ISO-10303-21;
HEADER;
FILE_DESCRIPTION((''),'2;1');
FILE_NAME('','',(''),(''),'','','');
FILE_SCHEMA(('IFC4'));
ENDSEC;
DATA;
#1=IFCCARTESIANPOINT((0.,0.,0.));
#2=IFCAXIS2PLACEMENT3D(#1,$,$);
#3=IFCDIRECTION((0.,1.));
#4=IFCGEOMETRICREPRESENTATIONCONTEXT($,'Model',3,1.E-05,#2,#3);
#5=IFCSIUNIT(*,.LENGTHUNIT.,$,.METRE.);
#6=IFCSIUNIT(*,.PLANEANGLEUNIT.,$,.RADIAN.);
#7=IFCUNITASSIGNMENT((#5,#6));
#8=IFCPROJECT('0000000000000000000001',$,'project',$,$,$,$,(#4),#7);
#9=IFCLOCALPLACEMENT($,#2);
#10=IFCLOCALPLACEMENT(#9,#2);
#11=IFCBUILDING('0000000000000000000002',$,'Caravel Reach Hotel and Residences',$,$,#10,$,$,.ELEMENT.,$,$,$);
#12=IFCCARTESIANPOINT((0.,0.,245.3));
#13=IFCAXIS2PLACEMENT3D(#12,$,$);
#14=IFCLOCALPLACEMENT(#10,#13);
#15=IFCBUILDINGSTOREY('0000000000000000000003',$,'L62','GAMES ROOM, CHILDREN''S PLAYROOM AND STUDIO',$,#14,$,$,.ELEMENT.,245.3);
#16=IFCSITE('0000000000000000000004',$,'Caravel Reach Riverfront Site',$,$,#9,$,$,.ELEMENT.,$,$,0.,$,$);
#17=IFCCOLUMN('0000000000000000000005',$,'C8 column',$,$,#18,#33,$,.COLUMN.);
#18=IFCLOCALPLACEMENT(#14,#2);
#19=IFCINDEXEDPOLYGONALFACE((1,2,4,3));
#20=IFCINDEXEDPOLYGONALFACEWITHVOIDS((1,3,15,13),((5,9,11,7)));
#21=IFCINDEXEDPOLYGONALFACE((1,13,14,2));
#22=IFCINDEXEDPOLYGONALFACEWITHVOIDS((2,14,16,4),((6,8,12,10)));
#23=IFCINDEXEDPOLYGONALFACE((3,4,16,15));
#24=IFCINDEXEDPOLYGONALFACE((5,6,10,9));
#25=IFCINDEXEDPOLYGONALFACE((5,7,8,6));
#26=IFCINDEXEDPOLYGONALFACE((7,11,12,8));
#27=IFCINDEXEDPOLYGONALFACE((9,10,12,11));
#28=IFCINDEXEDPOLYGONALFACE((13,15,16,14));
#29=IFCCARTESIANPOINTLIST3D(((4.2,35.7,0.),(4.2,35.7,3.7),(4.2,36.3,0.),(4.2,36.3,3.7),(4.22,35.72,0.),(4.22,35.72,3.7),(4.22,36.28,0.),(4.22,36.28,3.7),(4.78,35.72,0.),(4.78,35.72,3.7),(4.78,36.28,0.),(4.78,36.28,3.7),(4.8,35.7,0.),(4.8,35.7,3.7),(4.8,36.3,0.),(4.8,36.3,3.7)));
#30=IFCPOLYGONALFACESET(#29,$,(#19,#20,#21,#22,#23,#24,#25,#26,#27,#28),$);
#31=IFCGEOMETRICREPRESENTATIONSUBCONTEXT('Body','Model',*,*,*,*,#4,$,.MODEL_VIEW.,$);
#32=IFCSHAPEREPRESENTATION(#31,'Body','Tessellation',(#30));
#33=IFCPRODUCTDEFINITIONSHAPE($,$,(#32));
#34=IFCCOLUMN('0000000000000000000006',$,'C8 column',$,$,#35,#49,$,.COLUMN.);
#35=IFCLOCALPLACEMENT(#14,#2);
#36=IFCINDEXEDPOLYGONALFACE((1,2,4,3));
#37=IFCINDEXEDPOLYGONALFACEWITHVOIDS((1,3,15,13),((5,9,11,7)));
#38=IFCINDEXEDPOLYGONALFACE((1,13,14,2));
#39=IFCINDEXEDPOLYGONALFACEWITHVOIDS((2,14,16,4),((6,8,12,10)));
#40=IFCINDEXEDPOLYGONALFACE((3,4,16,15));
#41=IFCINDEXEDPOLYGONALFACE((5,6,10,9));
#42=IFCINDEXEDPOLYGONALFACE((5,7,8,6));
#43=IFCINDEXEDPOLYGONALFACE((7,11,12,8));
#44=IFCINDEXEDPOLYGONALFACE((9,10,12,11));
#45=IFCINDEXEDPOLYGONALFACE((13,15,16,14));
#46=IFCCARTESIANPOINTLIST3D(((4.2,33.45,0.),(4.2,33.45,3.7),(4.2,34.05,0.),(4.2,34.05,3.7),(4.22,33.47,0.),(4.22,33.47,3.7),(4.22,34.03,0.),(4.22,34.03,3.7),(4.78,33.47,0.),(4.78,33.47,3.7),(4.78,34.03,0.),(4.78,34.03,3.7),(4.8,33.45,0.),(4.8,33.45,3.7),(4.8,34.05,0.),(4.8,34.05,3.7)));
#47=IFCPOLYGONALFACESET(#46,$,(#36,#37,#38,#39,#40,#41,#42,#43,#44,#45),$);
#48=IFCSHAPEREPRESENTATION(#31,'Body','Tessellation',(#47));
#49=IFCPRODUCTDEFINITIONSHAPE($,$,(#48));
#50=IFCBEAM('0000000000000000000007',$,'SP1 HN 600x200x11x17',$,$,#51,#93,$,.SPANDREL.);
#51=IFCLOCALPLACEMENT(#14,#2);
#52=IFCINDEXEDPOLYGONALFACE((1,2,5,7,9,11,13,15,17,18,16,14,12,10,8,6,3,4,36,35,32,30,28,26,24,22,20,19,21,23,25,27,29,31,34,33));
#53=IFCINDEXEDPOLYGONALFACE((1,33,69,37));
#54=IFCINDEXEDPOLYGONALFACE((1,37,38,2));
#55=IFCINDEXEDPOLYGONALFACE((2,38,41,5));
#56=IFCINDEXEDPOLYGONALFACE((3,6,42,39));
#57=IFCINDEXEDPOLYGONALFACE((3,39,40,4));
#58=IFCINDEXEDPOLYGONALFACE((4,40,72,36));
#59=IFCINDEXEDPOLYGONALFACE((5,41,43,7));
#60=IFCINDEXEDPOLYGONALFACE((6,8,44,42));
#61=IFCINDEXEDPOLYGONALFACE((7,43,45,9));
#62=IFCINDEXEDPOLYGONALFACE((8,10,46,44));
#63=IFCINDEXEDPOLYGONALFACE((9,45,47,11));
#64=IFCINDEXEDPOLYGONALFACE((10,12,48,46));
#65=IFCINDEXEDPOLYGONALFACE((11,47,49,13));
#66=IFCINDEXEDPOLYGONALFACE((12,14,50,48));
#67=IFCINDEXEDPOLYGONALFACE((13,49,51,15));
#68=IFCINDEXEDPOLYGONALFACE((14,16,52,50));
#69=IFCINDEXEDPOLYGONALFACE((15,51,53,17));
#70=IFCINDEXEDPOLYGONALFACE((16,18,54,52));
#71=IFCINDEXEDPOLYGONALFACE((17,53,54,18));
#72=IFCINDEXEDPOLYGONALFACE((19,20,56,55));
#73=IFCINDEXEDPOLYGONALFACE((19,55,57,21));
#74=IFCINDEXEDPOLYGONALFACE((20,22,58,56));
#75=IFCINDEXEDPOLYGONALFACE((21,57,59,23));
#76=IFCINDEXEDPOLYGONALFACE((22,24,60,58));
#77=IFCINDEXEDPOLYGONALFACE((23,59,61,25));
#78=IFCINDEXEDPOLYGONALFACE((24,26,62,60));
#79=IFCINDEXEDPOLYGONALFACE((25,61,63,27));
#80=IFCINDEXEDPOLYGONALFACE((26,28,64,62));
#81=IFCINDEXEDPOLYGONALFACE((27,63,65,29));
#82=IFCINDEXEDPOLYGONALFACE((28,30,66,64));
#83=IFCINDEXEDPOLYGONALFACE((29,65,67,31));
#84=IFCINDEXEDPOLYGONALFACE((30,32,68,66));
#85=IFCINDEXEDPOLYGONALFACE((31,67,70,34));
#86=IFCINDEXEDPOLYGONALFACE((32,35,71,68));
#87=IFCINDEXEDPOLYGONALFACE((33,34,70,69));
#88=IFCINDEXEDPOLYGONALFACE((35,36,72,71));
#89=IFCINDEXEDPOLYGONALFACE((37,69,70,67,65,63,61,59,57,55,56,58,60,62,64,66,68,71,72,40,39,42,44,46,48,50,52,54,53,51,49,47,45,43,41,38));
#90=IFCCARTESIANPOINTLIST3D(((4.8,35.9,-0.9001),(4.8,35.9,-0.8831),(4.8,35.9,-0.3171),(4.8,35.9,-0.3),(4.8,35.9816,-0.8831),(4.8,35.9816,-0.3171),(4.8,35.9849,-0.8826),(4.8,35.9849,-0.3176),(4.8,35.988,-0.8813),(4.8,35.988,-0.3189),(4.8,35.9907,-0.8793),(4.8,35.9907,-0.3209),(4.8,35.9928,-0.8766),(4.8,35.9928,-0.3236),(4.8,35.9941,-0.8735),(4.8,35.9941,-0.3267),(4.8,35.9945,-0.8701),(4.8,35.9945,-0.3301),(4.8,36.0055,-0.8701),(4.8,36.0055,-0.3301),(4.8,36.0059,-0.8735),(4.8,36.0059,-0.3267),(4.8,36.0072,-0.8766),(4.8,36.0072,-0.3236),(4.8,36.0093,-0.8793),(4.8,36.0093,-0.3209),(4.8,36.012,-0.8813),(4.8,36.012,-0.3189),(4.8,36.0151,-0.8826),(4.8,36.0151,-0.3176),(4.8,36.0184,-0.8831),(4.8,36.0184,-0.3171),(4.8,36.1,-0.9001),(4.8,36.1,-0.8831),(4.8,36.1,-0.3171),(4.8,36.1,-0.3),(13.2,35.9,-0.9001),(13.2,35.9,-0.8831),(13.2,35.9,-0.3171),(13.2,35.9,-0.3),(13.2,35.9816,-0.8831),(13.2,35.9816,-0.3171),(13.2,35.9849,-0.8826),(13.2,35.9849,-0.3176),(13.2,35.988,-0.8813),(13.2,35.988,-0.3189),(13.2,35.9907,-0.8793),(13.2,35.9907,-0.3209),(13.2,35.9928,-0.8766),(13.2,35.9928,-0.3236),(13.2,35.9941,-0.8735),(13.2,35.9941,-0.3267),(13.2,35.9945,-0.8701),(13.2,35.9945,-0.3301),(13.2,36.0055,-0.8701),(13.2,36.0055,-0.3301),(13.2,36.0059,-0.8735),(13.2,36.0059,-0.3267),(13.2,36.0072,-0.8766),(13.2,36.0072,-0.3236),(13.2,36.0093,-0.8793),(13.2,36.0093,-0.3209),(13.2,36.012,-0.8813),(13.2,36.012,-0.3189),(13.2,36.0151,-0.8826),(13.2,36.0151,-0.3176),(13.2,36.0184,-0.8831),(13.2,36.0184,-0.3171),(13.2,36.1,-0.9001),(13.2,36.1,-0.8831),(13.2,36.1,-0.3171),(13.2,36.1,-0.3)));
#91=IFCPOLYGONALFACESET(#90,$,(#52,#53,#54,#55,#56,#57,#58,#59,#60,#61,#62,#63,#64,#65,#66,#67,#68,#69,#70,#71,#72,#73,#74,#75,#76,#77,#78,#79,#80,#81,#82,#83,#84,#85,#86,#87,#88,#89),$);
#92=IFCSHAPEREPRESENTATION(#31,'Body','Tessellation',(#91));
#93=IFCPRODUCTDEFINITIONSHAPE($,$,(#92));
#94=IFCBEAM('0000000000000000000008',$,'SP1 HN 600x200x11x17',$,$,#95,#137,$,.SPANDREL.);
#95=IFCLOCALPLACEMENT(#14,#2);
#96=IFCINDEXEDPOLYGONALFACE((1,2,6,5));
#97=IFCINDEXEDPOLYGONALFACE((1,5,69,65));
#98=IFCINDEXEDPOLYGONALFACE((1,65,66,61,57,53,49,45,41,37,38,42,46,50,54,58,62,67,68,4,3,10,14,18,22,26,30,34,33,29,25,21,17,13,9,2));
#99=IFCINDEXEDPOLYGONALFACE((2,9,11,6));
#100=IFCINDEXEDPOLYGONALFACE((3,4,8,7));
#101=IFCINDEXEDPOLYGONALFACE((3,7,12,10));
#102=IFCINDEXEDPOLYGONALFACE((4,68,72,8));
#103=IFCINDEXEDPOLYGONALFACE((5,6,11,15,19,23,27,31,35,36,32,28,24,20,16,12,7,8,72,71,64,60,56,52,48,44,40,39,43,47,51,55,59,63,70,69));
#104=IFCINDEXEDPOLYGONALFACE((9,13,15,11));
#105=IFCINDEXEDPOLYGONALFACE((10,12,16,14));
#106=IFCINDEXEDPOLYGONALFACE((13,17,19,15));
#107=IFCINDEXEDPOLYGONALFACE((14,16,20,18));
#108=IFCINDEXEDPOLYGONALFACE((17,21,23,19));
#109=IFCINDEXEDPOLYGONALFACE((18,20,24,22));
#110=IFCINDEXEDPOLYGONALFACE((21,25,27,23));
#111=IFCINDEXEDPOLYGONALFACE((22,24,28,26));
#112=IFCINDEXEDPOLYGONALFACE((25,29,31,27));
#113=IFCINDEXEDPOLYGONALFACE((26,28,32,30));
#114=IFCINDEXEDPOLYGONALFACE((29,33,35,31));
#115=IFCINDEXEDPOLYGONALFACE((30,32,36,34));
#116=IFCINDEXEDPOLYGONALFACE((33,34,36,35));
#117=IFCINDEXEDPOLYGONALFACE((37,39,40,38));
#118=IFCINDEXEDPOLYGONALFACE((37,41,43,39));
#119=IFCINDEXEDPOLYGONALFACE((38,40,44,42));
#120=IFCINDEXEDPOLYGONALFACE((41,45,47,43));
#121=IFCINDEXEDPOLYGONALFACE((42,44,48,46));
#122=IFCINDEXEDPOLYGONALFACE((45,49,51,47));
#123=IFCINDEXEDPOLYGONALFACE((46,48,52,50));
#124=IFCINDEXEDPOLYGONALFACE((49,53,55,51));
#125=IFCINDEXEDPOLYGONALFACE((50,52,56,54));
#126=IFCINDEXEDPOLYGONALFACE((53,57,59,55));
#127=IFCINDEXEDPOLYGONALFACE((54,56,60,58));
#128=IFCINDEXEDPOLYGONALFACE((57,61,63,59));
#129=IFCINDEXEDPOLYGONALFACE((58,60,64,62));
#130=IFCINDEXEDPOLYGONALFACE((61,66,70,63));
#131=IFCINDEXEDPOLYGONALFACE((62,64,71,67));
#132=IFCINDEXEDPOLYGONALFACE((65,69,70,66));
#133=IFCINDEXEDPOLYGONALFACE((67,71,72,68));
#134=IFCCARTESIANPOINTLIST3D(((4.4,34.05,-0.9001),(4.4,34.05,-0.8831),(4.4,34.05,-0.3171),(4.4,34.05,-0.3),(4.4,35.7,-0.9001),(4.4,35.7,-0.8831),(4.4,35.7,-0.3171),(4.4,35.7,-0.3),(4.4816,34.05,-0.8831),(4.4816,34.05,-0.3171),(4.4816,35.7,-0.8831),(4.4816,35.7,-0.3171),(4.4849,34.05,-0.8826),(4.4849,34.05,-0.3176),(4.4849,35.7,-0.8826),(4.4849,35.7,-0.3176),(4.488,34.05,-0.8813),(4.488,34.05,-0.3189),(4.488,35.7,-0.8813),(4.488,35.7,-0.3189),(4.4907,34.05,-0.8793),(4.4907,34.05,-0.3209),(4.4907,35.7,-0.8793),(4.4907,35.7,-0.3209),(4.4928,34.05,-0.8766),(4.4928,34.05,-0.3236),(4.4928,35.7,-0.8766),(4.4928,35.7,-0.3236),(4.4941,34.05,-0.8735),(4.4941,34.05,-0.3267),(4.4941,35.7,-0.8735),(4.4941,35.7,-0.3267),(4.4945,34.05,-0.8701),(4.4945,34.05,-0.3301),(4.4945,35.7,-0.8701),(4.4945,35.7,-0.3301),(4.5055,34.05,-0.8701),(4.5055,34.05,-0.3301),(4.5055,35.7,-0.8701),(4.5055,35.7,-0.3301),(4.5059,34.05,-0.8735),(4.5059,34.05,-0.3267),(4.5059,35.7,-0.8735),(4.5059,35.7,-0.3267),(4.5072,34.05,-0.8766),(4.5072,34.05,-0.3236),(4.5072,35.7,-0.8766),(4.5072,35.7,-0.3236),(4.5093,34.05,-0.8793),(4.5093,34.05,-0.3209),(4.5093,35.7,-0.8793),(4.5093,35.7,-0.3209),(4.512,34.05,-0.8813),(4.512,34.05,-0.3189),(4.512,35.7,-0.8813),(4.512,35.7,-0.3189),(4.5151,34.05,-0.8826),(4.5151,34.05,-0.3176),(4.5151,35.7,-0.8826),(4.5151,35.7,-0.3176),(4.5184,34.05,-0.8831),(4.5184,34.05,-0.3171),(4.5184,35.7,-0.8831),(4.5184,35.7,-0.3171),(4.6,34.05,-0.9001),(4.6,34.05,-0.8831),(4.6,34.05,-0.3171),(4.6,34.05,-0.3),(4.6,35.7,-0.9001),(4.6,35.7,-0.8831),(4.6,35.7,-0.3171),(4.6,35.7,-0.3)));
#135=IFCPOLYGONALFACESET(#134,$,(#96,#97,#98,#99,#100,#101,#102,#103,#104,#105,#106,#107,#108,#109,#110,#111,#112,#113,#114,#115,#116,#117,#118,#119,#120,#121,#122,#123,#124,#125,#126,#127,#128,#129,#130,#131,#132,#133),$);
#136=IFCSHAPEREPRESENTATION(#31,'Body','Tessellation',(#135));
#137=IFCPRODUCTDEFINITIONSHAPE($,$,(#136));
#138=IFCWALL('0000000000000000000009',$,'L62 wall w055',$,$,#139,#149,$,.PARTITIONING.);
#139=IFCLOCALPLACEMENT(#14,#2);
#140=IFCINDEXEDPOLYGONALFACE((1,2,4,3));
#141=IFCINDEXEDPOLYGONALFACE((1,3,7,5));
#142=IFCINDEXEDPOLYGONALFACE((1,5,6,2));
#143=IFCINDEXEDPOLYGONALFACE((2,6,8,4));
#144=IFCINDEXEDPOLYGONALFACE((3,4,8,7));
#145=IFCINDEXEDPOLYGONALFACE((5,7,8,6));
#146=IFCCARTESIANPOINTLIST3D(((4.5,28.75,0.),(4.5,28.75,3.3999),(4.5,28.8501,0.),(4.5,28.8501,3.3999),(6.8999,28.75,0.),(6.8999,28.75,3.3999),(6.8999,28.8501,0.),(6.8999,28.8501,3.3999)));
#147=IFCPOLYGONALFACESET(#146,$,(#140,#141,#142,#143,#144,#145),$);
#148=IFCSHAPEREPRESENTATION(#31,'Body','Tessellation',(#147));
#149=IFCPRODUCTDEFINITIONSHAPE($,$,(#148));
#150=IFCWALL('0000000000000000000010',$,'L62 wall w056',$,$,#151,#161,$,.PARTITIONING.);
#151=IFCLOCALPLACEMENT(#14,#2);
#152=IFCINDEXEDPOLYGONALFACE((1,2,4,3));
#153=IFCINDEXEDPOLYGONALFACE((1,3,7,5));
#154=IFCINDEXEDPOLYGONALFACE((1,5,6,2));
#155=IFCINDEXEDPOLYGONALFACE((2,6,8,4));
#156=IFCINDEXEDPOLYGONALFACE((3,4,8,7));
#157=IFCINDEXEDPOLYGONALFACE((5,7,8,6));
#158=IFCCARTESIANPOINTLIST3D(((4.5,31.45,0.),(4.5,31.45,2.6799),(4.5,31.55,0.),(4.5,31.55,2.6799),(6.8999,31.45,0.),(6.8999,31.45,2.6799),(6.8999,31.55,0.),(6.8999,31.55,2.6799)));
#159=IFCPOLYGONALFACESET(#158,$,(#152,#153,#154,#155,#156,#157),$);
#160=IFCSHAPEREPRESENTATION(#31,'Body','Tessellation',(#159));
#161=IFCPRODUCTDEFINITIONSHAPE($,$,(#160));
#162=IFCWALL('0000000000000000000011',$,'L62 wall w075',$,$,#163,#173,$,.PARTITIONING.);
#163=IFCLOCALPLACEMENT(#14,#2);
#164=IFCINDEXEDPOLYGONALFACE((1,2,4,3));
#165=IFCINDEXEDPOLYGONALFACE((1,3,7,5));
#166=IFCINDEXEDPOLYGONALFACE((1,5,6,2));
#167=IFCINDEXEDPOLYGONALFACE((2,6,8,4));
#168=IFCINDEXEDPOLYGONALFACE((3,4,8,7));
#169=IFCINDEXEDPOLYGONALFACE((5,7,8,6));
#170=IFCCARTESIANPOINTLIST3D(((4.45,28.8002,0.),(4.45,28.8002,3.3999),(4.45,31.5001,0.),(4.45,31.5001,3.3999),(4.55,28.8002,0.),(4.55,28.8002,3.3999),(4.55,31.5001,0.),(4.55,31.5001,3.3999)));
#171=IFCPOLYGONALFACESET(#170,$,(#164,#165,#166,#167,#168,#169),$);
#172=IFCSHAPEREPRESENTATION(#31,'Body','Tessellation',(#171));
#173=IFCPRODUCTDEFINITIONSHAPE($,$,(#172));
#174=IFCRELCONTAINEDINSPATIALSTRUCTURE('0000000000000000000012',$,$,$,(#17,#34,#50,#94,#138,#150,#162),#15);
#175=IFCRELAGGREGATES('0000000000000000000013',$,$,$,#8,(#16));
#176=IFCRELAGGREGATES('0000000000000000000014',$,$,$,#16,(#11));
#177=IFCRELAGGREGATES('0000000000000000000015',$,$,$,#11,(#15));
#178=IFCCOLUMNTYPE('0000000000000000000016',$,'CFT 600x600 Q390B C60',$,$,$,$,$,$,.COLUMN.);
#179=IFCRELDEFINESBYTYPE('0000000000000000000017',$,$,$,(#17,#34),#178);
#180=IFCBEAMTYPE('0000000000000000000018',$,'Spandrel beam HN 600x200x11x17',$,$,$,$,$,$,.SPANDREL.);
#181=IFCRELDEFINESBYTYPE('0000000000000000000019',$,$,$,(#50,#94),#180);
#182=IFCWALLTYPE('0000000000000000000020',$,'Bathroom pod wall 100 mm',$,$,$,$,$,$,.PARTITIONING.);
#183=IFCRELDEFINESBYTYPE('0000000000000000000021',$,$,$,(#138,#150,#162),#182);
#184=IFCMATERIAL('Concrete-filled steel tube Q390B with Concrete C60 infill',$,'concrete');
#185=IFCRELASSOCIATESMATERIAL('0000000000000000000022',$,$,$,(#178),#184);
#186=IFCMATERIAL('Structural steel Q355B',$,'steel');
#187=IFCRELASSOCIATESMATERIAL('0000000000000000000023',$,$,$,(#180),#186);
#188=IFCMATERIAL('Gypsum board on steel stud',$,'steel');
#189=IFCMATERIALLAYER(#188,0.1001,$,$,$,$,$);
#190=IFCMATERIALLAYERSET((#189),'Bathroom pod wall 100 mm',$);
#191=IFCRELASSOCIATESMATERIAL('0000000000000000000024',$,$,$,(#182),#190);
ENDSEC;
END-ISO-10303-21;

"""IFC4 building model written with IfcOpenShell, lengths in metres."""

from ifc_helpers import new_model, si_unit, direction, frame, frame_2d, origin, origin_2d, place, context, subcontext, project, spatial, rectangle, hollow_rectangle, i_section, extrude, material, layer, layer_set, material_profile, profile_set, type_object, element, save


model = new_model("IFC4")

# Units and contexts
model_context = context("Model", 3, precision=1e-05, world=origin(), true_north=direction((0.0, 1.0)))
body_context = subcontext(model_context, "Body", "Model", "MODEL_VIEW")
ifc_project = project(units=[si_unit("LENGTHUNIT", "METRE"), si_unit("PLANEANGLEUNIT", "RADIAN")], contexts=[model_context])

# Site, building, storey
site_placement = place(None, origin())
site = spatial("IfcSite", under=ifc_project, at=site_placement, Name="Caravel Reach Riverfront Site", CompositionType="ELEMENT", RefElevation=0.0)
building_placement = place(site_placement, origin())
building = spatial("IfcBuilding", under=site, at=building_placement, Name="Caravel Reach Hotel and Residences", CompositionType="ELEMENT")
storey_placement = place(building_placement, frame((0.0, 0.0, 245.3)))
storey = spatial("IfcBuildingStorey", under=building, at=storey_placement, Name="L62", Description="GAMES ROOM, CHILDREN'S PLAYROOM AND STUDIO", CompositionType="ELEMENT", Elevation=245.3)

# Columns
ifc_material_1 = material(Name="Concrete-filled steel tube Q390B with Concrete C60 infill", Category="concrete")
ifc_material_profile_1 = material_profile(ifc_material_1, hollow_rectangle(XDim=0.6001, YDim=0.6001, WallThickness=0.02, at=origin_2d()), Name="RHS 600x600x20")
ifc_profile_set_1 = profile_set([ifc_material_profile_1], Name="Concrete-filled steel tube Q390B with Concrete C60 infill")
column_type = type_object("IfcColumnType", Name="CFT 600x600 Q390B C60", PredefinedType="COLUMN", material=ifc_profile_set_1)
for number, where, z_axis, x_axis, name in (
    (1, (4.5, 36.0, 0.0), (0.0, 0.0, 1.0), (1.0, 0.0, 0.0), "C8 column"),
    (2, (4.5, 33.75, 0.0), (0.0, 0.0, 1.0), (1.0, 0.0, 0.0), "C8 column"),
):
    element("IfcColumn", number, at=place(storey_placement, frame(where, z_axis=z_axis, x_axis=x_axis)), inside=storey, type_object=column_type, Name=name, PredefinedType="COLUMN", context=body_context, shape_type="SweptSolid", body=[
        extrude(hollow_rectangle(XDim=0.6001, YDim=0.6001, WallThickness=0.02, at=origin_2d()), origin(), (0.0, 0.0, 1.0), 3.7),
    ])

# Beams
ifc_material_2 = material(Name="Structural steel Q355B", Category="steel")
ifc_material_profile_2 = material_profile(ifc_material_2, i_section(OverallWidth=0.2, OverallDepth=0.6001, WebThickness=0.011, FlangeThickness=0.0171, FilletRadius=0.0129, at=origin_2d()), Name="HN 600x200x11x17")
ifc_profile_set_2 = profile_set([ifc_material_profile_2], Name="Structural steel Q355B")
beam_type = type_object("IfcBeamType", Name="Spandrel beam HN 600x200x11x17", PredefinedType="SPANDREL", material=ifc_profile_set_2)
beam_1_placement = place(storey_placement, frame((13.2, 36.0, -0.6001), z_axis=(-1.0, 0.0, 0.0), x_axis=(0.0, -1.0, 0.0)))
element("IfcBeam", 3, at=beam_1_placement, inside=storey, type_object=beam_type, Name="SP1 HN 600x200x11x17", PredefinedType="SPANDREL", context=body_context, shape_type="SweptSolid", body=[
    extrude(i_section(OverallWidth=0.2, OverallDepth=0.6001, WebThickness=0.011, FlangeThickness=0.0171, FilletRadius=0.0129, at=origin_2d()), origin(), (0.0, 0.0, 1.0), 8.3999),
])
beam_2_placement = place(storey_placement, frame((4.5, 35.7, -0.6001), z_axis=(0.0, -1.0, 0.0), x_axis=(1.0, 0.0, 0.0)))
element("IfcBeam", 4, at=beam_2_placement, inside=storey, type_object=beam_type, Name="SP1 HN 600x200x11x17", PredefinedType="SPANDREL", context=body_context, shape_type="SweptSolid", body=[
    extrude(i_section(OverallWidth=0.2, OverallDepth=0.6001, WebThickness=0.011, FlangeThickness=0.0171, FilletRadius=0.0129, at=origin_2d()), origin(), (0.0, 0.0, 1.0), 1.6499),
])

# Walls
ifc_material_3 = material(Name="Gypsum board on steel stud", Category="steel")
ifc_layer_1 = layer(ifc_material_3, 0.1001)
ifc_layer_set_1 = layer_set([ifc_layer_1], Name="Bathroom pod wall 100 mm")
wall_type_1 = type_object("IfcWallType", Name="Bathroom pod wall 100 mm", PredefinedType="PARTITIONING", material=ifc_layer_set_1)
wall_1_placement = place(storey_placement, frame((4.5, 28.8, 0.0), z_axis=(0.0, 0.0, 1.0), x_axis=(1.0, 0.0, 0.0)))
element("IfcWall", 5, at=wall_1_placement, inside=storey, type_object=wall_type_1, Name="L62 wall w055", PredefinedType="PARTITIONING", context=body_context, shape_type="SweptSolid", body=[
    extrude(rectangle(XDim=2.3999, YDim=0.1001, at=frame_2d((1.2, 0.0))), origin(), (0.0, 0.0, 1.0), 3.3999),
])
wall_2_placement = place(storey_placement, frame((4.5, 31.5, 0.0), z_axis=(0.0, 0.0, 1.0), x_axis=(1.0, 0.0, 0.0)))
element("IfcWall", 6, at=wall_2_placement, inside=storey, type_object=wall_type_1, Name="L62 wall w056", PredefinedType="PARTITIONING", context=body_context, shape_type="SweptSolid", body=[
    extrude(rectangle(XDim=2.3999, YDim=0.1001, at=frame_2d((1.2, 0.0))), origin(), (0.0, 0.0, 1.0), 2.6799),
])
wall_3_placement = place(storey_placement, frame((4.5, 28.8, 0.0), z_axis=(0.0, 0.0, 1.0), x_axis=(0.0, 1.0, 0.0)))
element("IfcWall", 7, at=wall_3_placement, inside=storey, type_object=wall_type_1, Name="L62 wall w075", PredefinedType="PARTITIONING", context=body_context, shape_type="SweptSolid", body=[
    extrude(rectangle(XDim=2.7, YDim=0.1001, at=frame_2d((1.3501, 0.0))), origin(), (0.0, 0.0, 1.0), 3.3999),
])

save(model, "model.ifc")
